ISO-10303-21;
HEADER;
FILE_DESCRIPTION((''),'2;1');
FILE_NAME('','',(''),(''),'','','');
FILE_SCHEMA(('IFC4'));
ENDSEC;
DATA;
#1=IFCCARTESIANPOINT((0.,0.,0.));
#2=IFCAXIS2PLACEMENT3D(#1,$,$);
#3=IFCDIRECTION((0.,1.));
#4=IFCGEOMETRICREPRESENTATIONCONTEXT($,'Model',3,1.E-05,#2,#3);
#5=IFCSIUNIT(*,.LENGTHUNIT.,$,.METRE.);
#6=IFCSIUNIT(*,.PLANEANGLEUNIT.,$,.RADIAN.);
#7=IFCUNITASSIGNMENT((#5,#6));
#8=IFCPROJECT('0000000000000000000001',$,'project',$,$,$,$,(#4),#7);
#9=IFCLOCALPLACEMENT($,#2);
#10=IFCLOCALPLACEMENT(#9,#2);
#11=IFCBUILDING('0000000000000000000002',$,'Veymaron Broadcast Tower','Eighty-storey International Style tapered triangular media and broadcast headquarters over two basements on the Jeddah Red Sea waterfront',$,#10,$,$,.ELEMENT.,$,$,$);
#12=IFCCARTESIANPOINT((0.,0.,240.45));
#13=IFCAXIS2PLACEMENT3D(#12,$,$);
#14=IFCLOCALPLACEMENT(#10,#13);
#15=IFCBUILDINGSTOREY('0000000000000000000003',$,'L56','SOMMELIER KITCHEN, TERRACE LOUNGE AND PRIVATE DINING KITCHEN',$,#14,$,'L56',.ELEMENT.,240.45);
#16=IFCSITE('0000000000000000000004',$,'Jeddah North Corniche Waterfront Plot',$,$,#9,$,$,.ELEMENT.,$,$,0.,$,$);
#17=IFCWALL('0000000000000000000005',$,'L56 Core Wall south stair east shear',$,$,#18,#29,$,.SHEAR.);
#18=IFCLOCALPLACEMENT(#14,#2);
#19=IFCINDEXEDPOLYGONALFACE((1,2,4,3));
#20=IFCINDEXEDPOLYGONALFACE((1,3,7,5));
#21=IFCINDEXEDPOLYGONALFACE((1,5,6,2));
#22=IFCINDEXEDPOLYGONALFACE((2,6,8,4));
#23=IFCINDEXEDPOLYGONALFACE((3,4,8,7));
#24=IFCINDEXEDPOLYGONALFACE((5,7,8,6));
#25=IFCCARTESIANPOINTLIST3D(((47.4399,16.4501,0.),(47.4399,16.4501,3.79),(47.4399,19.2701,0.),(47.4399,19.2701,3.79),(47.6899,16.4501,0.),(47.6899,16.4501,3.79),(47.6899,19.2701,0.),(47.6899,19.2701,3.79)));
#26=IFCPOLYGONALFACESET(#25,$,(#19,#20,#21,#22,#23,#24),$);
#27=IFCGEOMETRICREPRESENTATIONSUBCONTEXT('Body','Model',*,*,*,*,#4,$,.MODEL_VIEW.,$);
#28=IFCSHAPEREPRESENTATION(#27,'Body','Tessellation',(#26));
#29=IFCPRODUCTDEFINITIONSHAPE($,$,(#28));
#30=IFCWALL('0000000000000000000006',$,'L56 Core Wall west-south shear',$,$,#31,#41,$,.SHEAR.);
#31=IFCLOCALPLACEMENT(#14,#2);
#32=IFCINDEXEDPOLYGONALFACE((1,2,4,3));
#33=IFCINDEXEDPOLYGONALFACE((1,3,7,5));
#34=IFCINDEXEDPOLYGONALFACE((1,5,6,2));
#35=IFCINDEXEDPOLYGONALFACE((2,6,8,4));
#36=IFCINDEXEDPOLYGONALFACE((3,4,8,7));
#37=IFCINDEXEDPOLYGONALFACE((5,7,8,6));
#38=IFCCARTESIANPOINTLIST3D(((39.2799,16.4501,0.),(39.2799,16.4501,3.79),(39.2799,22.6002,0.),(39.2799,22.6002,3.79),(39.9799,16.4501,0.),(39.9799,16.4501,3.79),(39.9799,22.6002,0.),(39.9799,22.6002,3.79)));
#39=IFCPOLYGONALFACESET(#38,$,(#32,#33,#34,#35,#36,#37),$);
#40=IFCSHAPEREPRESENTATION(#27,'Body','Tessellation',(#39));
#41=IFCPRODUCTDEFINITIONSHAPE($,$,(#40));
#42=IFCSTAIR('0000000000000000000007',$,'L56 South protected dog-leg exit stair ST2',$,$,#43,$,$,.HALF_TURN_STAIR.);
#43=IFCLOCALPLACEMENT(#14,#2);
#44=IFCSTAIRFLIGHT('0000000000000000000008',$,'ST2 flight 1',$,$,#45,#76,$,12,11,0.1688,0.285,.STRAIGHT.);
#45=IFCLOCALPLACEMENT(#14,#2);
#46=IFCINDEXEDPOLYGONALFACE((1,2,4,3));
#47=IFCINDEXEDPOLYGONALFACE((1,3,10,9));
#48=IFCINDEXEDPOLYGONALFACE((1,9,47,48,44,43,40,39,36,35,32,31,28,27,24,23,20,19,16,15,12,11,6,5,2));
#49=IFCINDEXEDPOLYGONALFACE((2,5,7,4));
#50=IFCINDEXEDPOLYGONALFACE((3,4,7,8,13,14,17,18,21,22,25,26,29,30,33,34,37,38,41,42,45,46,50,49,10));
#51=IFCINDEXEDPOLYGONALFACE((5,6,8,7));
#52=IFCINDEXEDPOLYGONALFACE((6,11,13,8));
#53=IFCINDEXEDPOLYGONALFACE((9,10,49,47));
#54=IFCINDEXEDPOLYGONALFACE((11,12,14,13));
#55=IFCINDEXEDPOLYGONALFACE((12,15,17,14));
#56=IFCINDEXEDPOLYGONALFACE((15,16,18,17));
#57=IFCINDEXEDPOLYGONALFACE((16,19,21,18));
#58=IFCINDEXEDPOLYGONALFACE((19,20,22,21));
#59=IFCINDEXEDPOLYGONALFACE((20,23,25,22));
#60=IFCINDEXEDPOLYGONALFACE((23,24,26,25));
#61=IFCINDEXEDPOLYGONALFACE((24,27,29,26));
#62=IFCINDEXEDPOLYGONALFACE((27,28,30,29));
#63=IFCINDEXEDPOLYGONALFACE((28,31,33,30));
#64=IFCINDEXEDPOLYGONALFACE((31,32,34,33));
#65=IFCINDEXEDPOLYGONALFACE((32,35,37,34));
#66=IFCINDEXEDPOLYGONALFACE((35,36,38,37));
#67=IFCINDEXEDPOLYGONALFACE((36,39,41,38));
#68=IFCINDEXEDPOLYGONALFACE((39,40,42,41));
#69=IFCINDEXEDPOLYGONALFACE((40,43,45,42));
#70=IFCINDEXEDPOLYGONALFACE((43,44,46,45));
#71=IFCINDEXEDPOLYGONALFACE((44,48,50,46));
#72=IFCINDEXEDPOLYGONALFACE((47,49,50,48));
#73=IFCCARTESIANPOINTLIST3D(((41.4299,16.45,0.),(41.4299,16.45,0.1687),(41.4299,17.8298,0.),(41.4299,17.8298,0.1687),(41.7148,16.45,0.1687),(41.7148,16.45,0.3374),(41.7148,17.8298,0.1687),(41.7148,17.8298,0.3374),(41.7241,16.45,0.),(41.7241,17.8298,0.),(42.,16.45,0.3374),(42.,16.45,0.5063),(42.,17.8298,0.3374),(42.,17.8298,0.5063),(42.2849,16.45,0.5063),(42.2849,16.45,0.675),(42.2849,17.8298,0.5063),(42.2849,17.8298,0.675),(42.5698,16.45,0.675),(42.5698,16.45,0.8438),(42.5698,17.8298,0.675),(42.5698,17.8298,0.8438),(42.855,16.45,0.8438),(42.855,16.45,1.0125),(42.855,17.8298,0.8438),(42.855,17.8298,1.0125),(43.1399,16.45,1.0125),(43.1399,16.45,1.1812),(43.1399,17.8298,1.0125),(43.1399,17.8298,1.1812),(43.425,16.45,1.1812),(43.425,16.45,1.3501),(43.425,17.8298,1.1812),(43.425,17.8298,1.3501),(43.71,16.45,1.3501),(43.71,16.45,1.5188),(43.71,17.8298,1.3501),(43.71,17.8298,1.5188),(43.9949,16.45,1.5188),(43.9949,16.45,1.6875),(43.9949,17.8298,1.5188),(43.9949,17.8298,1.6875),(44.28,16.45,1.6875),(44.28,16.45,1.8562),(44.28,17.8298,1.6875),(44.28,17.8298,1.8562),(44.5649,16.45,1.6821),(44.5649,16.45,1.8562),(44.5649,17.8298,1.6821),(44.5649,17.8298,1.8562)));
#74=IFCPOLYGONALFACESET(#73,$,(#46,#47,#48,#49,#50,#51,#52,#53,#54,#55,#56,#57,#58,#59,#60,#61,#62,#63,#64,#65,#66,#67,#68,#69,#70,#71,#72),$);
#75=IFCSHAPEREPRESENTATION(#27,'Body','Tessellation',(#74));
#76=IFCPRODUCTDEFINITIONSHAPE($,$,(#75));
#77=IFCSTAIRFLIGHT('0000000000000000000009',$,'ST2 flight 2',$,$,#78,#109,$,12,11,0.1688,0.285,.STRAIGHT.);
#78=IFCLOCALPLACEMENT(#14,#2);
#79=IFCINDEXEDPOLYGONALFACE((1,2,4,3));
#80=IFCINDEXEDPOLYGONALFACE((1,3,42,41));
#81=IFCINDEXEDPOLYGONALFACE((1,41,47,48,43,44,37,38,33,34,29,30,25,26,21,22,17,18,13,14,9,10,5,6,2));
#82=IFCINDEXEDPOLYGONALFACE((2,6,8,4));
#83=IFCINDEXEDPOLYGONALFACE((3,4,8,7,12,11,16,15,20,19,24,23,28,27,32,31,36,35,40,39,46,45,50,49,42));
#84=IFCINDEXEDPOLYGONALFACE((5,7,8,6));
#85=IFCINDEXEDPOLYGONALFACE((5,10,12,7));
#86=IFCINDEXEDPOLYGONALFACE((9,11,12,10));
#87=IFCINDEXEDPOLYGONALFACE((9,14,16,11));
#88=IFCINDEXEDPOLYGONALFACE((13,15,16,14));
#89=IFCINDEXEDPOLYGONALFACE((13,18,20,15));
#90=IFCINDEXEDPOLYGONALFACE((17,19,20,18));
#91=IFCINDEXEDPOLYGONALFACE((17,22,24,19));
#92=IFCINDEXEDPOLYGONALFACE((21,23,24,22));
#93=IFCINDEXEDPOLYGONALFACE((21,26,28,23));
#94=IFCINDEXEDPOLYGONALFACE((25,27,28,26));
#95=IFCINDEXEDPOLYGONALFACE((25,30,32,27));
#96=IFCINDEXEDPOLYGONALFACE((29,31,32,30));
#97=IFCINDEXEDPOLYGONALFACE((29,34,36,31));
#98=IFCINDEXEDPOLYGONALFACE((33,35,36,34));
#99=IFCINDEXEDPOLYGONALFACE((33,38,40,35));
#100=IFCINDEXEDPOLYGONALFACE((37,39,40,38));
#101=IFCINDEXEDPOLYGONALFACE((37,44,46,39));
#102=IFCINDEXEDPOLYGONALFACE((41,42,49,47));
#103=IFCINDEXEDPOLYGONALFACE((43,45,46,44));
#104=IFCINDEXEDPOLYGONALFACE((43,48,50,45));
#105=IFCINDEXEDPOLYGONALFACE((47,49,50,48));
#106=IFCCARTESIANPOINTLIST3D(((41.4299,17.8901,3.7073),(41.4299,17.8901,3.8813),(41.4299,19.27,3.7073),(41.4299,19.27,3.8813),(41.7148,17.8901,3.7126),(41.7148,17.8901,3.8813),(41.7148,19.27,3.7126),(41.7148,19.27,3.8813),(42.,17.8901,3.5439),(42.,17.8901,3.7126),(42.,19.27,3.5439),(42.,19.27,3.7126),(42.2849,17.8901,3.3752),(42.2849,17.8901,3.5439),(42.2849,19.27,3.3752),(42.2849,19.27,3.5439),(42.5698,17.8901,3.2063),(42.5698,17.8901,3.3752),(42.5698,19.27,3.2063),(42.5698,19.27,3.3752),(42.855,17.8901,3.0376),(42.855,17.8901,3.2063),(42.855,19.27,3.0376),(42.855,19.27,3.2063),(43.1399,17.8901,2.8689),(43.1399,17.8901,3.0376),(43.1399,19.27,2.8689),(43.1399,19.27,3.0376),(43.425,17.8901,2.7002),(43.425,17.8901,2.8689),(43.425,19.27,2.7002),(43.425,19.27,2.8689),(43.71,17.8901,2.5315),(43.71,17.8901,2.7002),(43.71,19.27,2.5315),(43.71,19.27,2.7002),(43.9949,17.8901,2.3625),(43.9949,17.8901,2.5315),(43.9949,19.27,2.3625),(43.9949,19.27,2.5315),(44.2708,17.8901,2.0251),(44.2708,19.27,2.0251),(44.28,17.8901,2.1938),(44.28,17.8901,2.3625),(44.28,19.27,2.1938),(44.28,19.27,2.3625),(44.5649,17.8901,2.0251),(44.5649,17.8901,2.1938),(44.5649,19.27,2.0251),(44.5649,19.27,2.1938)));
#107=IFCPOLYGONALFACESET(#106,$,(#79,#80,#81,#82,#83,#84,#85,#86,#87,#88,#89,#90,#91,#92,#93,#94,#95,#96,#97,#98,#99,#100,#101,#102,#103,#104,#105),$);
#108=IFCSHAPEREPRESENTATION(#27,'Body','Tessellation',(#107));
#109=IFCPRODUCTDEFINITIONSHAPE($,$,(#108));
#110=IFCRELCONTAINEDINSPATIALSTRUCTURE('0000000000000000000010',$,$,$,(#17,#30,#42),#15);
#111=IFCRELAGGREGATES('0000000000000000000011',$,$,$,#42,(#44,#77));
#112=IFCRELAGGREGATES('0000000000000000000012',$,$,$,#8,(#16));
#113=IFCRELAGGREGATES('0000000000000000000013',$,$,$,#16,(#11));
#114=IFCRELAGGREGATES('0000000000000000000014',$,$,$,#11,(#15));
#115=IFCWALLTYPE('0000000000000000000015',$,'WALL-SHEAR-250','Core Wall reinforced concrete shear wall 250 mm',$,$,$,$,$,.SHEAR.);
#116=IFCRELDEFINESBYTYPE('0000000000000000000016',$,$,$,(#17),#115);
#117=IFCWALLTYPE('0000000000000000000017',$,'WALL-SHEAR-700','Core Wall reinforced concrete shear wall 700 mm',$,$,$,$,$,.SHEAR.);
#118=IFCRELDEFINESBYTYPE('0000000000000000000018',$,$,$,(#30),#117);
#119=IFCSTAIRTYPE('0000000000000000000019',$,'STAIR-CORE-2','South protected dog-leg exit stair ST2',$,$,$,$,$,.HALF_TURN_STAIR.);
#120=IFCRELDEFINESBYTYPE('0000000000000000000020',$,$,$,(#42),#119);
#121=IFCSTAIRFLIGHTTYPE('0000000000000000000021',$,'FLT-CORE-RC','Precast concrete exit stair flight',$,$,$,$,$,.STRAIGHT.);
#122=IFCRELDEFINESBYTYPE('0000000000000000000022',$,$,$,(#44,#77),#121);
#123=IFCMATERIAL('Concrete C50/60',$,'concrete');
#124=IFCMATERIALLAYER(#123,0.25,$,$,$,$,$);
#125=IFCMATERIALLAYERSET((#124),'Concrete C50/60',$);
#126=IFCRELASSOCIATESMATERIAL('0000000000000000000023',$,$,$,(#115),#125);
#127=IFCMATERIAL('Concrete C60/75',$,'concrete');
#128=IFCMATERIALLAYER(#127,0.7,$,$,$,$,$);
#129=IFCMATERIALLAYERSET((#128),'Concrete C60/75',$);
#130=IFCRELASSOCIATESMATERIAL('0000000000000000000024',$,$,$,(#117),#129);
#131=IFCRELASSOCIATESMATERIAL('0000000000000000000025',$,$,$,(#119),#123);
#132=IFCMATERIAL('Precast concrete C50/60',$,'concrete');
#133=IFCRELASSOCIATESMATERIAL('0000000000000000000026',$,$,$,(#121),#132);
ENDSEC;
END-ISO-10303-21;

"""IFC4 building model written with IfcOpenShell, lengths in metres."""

from ifc_helpers import new_model, si_unit, direction, frame, frame_2d, origin, place, context, subcontext, project, spatial, polyline, rectangle, outline, extrude, material, layer, layer_set, type_object, element, aggregate, save


model = new_model("IFC4")

# Units and contexts
model_context = context("Model", 3, precision=1e-05, world=origin(), true_north=direction((0.0, 1.0)))
body_context = subcontext(model_context, "Body", "Model", "MODEL_VIEW")
ifc_project = project(units=[si_unit("LENGTHUNIT", "METRE"), si_unit("PLANEANGLEUNIT", "RADIAN")], contexts=[model_context])

# Site, building, storey
site_placement = place(None, origin())
site = spatial("IfcSite", under=ifc_project, at=site_placement, Name="Jeddah North Corniche Waterfront Plot", CompositionType="ELEMENT", RefElevation=0.0)
building_placement = place(site_placement, origin())
building = spatial("IfcBuilding", under=site, at=building_placement, Name="Veymaron Broadcast Tower", Description="Eighty-storey International Style tapered triangular media and broadcast headquarters over two basements on the Jeddah Red Sea waterfront", CompositionType="ELEMENT")
storey_placement = place(building_placement, frame((0.0, 0.0, 240.45)))
storey = spatial("IfcBuildingStorey", under=building, at=storey_placement, Name="L56", Description="SOMMELIER KITCHEN, TERRACE LOUNGE AND PRIVATE DINING KITCHEN", LongName="L56", CompositionType="ELEMENT", Elevation=240.45)

# Shared definitions
ifc_material_1 = material(Name="Concrete C60/75", Category="concrete")

# Wall
ifc_material_2 = material(Name="Concrete C50/60", Category="concrete")
ifc_layer_1 = layer(ifc_material_2, 0.25)
ifc_layer_set_1 = layer_set([ifc_layer_1], Name="Concrete C50/60")
wall_type_1 = type_object("IfcWallType", Name="WALL-SHEAR-250", Description="Core Wall reinforced concrete shear wall 250 mm", PredefinedType="SHEAR", material=ifc_layer_set_1)
wall_1_placement = place(storey_placement, frame((47.5649, 16.45, 0.0), z_axis=(0.0, 0.0, 1.0), x_axis=(0.0, 1.0, 0.0)))
element("IfcWall", 1, at=wall_1_placement, inside=storey, type_object=wall_type_1, Name="L56 Core Wall south stair east shear", PredefinedType="SHEAR", context=body_context, shape_type="SweptSolid", body=[
    extrude(rectangle(XDim=2.8201, YDim=0.25, at=frame_2d((1.4102, 0.0))), origin(), (0.0, 0.0, 1.0), 3.79),
])

# Wall
ifc_layer_2 = layer(ifc_material_1, 0.7)
ifc_layer_set_2 = layer_set([ifc_layer_2], Name="Concrete C60/75")
wall_type_2 = type_object("IfcWallType", Name="WALL-SHEAR-700", Description="Core Wall reinforced concrete shear wall 700 mm", PredefinedType="SHEAR", material=ifc_layer_set_2)
wall_2_placement = place(storey_placement, frame((39.6299, 16.45, 0.0), z_axis=(0.0, 0.0, 1.0), x_axis=(0.0, 1.0, 0.0)))
element("IfcWall", 2, at=wall_2_placement, inside=storey, type_object=wall_type_2, Name="L56 Core Wall west-south shear", PredefinedType="SHEAR", context=body_context, shape_type="SweptSolid", body=[
    extrude(rectangle(XDim=6.1501, YDim=0.7, at=frame_2d((3.0752, 0.0))), origin(), (0.0, 0.0, 1.0), 3.79),
])

# Stair, stair flights
stair_type = type_object("IfcStairType", Name="STAIR-CORE-2", Description="South protected dog-leg exit stair ST2", PredefinedType="HALF_TURN_STAIR", material=ifc_material_2)
stair_placement = place(storey_placement, origin())
stair = element("IfcStair", 3, at=stair_placement, inside=storey, type_object=stair_type, Name="L56 South protected dog-leg exit stair ST2", PredefinedType="HALF_TURN_STAIR")
ifc_material_3 = material(Name="Precast concrete C50/60", Category="concrete")
stair_flight_type = type_object("IfcStairFlightType", Name="FLT-CORE-RC", Description="Precast concrete exit stair flight", PredefinedType="STRAIGHT", material=ifc_material_3)
stair_flight_1_placement = place(storey_placement, frame((41.4299, 17.1399, 0.0), z_axis=(0.0, 0.0, 1.0), x_axis=(1.0, 0.0, 0.0)))
stair_flight_1 = element("IfcStairFlight", 4, at=stair_flight_1_placement, type_object=stair_flight_type, Name="ST2 flight 1", NumberOfRisers=12, NumberOfTreads=11, PredefinedType="STRAIGHT", RiserHeight=0.1688, TreadLength=0.285, context=body_context, shape_type="SweptSolid", body=[
    extrude(outline(polyline([(0.0, 0.0), (0.0, 0.1687), (0.2849, 0.1687), (0.2849, 0.3374), (0.5701, 0.3374), (0.5701, 0.5063), (0.855, 0.5063), (0.855, 0.675), (1.1399, 0.675), (1.1399, 0.8438), (1.425, 0.8438), (1.425, 1.0125), (1.71, 1.0125), (1.71, 1.1812), (1.9951, 1.1812), (1.9951, 1.3501), (2.28, 1.3501), (2.28, 1.5188), (2.5649, 1.5188), (2.5649, 1.6875), (2.8501, 1.6875), (2.8501, 1.8562), (3.135, 1.8562), (3.135, 2.0249), (3.135, 1.6821), (0.2942, 0.0), (0.0, 0.0)])), frame((0.0, 0.6899, 0.0), z_axis=(0.0, -1.0, 0.0), x_axis=(1.0, 0.0, 0.0)), (0.0, 0.0, 1.0), 1.3799),
])
stair_flight_2_placement = place(storey_placement, frame((44.5649, 18.5801, 2.0251), z_axis=(0.0, 0.0, 1.0), x_axis=(-1.0, 0.0, 0.0)))
stair_flight_2 = element("IfcStairFlight", 5, at=stair_flight_2_placement, type_object=stair_flight_type, Name="ST2 flight 2", NumberOfRisers=12, NumberOfTreads=11, PredefinedType="STRAIGHT", RiserHeight=0.1688, TreadLength=0.285, context=body_context, shape_type="SweptSolid", body=[
    extrude(outline(polyline([(0.0, 0.0), (0.0, 0.1687), (0.2849, 0.1687), (0.2849, 0.3374), (0.5701, 0.3374), (0.5701, 0.5063), (0.855, 0.5063), (0.855, 0.675), (1.1399, 0.675), (1.1399, 0.8438), (1.425, 0.8438), (1.425, 1.0125), (1.71, 1.0125), (1.71, 1.1812), (1.9951, 1.1812), (1.9951, 1.3501), (2.28, 1.3501), (2.28, 1.5188), (2.5649, 1.5188), (2.5649, 1.6875), (2.8501, 1.6875), (2.8501, 1.8562), (3.135, 1.8562), (3.135, 2.0249), (3.135, 1.6821), (0.2942, 0.0), (0.0, 0.0)])), frame((0.0, 0.6899, 0.0), z_axis=(0.0, -1.0, 0.0), x_axis=(1.0, 0.0, 0.0)), (0.0, 0.0, 1.0), 1.3799),
])
aggregate(stair, [stair_flight_1, stair_flight_2])

save(model, "model.ifc")
